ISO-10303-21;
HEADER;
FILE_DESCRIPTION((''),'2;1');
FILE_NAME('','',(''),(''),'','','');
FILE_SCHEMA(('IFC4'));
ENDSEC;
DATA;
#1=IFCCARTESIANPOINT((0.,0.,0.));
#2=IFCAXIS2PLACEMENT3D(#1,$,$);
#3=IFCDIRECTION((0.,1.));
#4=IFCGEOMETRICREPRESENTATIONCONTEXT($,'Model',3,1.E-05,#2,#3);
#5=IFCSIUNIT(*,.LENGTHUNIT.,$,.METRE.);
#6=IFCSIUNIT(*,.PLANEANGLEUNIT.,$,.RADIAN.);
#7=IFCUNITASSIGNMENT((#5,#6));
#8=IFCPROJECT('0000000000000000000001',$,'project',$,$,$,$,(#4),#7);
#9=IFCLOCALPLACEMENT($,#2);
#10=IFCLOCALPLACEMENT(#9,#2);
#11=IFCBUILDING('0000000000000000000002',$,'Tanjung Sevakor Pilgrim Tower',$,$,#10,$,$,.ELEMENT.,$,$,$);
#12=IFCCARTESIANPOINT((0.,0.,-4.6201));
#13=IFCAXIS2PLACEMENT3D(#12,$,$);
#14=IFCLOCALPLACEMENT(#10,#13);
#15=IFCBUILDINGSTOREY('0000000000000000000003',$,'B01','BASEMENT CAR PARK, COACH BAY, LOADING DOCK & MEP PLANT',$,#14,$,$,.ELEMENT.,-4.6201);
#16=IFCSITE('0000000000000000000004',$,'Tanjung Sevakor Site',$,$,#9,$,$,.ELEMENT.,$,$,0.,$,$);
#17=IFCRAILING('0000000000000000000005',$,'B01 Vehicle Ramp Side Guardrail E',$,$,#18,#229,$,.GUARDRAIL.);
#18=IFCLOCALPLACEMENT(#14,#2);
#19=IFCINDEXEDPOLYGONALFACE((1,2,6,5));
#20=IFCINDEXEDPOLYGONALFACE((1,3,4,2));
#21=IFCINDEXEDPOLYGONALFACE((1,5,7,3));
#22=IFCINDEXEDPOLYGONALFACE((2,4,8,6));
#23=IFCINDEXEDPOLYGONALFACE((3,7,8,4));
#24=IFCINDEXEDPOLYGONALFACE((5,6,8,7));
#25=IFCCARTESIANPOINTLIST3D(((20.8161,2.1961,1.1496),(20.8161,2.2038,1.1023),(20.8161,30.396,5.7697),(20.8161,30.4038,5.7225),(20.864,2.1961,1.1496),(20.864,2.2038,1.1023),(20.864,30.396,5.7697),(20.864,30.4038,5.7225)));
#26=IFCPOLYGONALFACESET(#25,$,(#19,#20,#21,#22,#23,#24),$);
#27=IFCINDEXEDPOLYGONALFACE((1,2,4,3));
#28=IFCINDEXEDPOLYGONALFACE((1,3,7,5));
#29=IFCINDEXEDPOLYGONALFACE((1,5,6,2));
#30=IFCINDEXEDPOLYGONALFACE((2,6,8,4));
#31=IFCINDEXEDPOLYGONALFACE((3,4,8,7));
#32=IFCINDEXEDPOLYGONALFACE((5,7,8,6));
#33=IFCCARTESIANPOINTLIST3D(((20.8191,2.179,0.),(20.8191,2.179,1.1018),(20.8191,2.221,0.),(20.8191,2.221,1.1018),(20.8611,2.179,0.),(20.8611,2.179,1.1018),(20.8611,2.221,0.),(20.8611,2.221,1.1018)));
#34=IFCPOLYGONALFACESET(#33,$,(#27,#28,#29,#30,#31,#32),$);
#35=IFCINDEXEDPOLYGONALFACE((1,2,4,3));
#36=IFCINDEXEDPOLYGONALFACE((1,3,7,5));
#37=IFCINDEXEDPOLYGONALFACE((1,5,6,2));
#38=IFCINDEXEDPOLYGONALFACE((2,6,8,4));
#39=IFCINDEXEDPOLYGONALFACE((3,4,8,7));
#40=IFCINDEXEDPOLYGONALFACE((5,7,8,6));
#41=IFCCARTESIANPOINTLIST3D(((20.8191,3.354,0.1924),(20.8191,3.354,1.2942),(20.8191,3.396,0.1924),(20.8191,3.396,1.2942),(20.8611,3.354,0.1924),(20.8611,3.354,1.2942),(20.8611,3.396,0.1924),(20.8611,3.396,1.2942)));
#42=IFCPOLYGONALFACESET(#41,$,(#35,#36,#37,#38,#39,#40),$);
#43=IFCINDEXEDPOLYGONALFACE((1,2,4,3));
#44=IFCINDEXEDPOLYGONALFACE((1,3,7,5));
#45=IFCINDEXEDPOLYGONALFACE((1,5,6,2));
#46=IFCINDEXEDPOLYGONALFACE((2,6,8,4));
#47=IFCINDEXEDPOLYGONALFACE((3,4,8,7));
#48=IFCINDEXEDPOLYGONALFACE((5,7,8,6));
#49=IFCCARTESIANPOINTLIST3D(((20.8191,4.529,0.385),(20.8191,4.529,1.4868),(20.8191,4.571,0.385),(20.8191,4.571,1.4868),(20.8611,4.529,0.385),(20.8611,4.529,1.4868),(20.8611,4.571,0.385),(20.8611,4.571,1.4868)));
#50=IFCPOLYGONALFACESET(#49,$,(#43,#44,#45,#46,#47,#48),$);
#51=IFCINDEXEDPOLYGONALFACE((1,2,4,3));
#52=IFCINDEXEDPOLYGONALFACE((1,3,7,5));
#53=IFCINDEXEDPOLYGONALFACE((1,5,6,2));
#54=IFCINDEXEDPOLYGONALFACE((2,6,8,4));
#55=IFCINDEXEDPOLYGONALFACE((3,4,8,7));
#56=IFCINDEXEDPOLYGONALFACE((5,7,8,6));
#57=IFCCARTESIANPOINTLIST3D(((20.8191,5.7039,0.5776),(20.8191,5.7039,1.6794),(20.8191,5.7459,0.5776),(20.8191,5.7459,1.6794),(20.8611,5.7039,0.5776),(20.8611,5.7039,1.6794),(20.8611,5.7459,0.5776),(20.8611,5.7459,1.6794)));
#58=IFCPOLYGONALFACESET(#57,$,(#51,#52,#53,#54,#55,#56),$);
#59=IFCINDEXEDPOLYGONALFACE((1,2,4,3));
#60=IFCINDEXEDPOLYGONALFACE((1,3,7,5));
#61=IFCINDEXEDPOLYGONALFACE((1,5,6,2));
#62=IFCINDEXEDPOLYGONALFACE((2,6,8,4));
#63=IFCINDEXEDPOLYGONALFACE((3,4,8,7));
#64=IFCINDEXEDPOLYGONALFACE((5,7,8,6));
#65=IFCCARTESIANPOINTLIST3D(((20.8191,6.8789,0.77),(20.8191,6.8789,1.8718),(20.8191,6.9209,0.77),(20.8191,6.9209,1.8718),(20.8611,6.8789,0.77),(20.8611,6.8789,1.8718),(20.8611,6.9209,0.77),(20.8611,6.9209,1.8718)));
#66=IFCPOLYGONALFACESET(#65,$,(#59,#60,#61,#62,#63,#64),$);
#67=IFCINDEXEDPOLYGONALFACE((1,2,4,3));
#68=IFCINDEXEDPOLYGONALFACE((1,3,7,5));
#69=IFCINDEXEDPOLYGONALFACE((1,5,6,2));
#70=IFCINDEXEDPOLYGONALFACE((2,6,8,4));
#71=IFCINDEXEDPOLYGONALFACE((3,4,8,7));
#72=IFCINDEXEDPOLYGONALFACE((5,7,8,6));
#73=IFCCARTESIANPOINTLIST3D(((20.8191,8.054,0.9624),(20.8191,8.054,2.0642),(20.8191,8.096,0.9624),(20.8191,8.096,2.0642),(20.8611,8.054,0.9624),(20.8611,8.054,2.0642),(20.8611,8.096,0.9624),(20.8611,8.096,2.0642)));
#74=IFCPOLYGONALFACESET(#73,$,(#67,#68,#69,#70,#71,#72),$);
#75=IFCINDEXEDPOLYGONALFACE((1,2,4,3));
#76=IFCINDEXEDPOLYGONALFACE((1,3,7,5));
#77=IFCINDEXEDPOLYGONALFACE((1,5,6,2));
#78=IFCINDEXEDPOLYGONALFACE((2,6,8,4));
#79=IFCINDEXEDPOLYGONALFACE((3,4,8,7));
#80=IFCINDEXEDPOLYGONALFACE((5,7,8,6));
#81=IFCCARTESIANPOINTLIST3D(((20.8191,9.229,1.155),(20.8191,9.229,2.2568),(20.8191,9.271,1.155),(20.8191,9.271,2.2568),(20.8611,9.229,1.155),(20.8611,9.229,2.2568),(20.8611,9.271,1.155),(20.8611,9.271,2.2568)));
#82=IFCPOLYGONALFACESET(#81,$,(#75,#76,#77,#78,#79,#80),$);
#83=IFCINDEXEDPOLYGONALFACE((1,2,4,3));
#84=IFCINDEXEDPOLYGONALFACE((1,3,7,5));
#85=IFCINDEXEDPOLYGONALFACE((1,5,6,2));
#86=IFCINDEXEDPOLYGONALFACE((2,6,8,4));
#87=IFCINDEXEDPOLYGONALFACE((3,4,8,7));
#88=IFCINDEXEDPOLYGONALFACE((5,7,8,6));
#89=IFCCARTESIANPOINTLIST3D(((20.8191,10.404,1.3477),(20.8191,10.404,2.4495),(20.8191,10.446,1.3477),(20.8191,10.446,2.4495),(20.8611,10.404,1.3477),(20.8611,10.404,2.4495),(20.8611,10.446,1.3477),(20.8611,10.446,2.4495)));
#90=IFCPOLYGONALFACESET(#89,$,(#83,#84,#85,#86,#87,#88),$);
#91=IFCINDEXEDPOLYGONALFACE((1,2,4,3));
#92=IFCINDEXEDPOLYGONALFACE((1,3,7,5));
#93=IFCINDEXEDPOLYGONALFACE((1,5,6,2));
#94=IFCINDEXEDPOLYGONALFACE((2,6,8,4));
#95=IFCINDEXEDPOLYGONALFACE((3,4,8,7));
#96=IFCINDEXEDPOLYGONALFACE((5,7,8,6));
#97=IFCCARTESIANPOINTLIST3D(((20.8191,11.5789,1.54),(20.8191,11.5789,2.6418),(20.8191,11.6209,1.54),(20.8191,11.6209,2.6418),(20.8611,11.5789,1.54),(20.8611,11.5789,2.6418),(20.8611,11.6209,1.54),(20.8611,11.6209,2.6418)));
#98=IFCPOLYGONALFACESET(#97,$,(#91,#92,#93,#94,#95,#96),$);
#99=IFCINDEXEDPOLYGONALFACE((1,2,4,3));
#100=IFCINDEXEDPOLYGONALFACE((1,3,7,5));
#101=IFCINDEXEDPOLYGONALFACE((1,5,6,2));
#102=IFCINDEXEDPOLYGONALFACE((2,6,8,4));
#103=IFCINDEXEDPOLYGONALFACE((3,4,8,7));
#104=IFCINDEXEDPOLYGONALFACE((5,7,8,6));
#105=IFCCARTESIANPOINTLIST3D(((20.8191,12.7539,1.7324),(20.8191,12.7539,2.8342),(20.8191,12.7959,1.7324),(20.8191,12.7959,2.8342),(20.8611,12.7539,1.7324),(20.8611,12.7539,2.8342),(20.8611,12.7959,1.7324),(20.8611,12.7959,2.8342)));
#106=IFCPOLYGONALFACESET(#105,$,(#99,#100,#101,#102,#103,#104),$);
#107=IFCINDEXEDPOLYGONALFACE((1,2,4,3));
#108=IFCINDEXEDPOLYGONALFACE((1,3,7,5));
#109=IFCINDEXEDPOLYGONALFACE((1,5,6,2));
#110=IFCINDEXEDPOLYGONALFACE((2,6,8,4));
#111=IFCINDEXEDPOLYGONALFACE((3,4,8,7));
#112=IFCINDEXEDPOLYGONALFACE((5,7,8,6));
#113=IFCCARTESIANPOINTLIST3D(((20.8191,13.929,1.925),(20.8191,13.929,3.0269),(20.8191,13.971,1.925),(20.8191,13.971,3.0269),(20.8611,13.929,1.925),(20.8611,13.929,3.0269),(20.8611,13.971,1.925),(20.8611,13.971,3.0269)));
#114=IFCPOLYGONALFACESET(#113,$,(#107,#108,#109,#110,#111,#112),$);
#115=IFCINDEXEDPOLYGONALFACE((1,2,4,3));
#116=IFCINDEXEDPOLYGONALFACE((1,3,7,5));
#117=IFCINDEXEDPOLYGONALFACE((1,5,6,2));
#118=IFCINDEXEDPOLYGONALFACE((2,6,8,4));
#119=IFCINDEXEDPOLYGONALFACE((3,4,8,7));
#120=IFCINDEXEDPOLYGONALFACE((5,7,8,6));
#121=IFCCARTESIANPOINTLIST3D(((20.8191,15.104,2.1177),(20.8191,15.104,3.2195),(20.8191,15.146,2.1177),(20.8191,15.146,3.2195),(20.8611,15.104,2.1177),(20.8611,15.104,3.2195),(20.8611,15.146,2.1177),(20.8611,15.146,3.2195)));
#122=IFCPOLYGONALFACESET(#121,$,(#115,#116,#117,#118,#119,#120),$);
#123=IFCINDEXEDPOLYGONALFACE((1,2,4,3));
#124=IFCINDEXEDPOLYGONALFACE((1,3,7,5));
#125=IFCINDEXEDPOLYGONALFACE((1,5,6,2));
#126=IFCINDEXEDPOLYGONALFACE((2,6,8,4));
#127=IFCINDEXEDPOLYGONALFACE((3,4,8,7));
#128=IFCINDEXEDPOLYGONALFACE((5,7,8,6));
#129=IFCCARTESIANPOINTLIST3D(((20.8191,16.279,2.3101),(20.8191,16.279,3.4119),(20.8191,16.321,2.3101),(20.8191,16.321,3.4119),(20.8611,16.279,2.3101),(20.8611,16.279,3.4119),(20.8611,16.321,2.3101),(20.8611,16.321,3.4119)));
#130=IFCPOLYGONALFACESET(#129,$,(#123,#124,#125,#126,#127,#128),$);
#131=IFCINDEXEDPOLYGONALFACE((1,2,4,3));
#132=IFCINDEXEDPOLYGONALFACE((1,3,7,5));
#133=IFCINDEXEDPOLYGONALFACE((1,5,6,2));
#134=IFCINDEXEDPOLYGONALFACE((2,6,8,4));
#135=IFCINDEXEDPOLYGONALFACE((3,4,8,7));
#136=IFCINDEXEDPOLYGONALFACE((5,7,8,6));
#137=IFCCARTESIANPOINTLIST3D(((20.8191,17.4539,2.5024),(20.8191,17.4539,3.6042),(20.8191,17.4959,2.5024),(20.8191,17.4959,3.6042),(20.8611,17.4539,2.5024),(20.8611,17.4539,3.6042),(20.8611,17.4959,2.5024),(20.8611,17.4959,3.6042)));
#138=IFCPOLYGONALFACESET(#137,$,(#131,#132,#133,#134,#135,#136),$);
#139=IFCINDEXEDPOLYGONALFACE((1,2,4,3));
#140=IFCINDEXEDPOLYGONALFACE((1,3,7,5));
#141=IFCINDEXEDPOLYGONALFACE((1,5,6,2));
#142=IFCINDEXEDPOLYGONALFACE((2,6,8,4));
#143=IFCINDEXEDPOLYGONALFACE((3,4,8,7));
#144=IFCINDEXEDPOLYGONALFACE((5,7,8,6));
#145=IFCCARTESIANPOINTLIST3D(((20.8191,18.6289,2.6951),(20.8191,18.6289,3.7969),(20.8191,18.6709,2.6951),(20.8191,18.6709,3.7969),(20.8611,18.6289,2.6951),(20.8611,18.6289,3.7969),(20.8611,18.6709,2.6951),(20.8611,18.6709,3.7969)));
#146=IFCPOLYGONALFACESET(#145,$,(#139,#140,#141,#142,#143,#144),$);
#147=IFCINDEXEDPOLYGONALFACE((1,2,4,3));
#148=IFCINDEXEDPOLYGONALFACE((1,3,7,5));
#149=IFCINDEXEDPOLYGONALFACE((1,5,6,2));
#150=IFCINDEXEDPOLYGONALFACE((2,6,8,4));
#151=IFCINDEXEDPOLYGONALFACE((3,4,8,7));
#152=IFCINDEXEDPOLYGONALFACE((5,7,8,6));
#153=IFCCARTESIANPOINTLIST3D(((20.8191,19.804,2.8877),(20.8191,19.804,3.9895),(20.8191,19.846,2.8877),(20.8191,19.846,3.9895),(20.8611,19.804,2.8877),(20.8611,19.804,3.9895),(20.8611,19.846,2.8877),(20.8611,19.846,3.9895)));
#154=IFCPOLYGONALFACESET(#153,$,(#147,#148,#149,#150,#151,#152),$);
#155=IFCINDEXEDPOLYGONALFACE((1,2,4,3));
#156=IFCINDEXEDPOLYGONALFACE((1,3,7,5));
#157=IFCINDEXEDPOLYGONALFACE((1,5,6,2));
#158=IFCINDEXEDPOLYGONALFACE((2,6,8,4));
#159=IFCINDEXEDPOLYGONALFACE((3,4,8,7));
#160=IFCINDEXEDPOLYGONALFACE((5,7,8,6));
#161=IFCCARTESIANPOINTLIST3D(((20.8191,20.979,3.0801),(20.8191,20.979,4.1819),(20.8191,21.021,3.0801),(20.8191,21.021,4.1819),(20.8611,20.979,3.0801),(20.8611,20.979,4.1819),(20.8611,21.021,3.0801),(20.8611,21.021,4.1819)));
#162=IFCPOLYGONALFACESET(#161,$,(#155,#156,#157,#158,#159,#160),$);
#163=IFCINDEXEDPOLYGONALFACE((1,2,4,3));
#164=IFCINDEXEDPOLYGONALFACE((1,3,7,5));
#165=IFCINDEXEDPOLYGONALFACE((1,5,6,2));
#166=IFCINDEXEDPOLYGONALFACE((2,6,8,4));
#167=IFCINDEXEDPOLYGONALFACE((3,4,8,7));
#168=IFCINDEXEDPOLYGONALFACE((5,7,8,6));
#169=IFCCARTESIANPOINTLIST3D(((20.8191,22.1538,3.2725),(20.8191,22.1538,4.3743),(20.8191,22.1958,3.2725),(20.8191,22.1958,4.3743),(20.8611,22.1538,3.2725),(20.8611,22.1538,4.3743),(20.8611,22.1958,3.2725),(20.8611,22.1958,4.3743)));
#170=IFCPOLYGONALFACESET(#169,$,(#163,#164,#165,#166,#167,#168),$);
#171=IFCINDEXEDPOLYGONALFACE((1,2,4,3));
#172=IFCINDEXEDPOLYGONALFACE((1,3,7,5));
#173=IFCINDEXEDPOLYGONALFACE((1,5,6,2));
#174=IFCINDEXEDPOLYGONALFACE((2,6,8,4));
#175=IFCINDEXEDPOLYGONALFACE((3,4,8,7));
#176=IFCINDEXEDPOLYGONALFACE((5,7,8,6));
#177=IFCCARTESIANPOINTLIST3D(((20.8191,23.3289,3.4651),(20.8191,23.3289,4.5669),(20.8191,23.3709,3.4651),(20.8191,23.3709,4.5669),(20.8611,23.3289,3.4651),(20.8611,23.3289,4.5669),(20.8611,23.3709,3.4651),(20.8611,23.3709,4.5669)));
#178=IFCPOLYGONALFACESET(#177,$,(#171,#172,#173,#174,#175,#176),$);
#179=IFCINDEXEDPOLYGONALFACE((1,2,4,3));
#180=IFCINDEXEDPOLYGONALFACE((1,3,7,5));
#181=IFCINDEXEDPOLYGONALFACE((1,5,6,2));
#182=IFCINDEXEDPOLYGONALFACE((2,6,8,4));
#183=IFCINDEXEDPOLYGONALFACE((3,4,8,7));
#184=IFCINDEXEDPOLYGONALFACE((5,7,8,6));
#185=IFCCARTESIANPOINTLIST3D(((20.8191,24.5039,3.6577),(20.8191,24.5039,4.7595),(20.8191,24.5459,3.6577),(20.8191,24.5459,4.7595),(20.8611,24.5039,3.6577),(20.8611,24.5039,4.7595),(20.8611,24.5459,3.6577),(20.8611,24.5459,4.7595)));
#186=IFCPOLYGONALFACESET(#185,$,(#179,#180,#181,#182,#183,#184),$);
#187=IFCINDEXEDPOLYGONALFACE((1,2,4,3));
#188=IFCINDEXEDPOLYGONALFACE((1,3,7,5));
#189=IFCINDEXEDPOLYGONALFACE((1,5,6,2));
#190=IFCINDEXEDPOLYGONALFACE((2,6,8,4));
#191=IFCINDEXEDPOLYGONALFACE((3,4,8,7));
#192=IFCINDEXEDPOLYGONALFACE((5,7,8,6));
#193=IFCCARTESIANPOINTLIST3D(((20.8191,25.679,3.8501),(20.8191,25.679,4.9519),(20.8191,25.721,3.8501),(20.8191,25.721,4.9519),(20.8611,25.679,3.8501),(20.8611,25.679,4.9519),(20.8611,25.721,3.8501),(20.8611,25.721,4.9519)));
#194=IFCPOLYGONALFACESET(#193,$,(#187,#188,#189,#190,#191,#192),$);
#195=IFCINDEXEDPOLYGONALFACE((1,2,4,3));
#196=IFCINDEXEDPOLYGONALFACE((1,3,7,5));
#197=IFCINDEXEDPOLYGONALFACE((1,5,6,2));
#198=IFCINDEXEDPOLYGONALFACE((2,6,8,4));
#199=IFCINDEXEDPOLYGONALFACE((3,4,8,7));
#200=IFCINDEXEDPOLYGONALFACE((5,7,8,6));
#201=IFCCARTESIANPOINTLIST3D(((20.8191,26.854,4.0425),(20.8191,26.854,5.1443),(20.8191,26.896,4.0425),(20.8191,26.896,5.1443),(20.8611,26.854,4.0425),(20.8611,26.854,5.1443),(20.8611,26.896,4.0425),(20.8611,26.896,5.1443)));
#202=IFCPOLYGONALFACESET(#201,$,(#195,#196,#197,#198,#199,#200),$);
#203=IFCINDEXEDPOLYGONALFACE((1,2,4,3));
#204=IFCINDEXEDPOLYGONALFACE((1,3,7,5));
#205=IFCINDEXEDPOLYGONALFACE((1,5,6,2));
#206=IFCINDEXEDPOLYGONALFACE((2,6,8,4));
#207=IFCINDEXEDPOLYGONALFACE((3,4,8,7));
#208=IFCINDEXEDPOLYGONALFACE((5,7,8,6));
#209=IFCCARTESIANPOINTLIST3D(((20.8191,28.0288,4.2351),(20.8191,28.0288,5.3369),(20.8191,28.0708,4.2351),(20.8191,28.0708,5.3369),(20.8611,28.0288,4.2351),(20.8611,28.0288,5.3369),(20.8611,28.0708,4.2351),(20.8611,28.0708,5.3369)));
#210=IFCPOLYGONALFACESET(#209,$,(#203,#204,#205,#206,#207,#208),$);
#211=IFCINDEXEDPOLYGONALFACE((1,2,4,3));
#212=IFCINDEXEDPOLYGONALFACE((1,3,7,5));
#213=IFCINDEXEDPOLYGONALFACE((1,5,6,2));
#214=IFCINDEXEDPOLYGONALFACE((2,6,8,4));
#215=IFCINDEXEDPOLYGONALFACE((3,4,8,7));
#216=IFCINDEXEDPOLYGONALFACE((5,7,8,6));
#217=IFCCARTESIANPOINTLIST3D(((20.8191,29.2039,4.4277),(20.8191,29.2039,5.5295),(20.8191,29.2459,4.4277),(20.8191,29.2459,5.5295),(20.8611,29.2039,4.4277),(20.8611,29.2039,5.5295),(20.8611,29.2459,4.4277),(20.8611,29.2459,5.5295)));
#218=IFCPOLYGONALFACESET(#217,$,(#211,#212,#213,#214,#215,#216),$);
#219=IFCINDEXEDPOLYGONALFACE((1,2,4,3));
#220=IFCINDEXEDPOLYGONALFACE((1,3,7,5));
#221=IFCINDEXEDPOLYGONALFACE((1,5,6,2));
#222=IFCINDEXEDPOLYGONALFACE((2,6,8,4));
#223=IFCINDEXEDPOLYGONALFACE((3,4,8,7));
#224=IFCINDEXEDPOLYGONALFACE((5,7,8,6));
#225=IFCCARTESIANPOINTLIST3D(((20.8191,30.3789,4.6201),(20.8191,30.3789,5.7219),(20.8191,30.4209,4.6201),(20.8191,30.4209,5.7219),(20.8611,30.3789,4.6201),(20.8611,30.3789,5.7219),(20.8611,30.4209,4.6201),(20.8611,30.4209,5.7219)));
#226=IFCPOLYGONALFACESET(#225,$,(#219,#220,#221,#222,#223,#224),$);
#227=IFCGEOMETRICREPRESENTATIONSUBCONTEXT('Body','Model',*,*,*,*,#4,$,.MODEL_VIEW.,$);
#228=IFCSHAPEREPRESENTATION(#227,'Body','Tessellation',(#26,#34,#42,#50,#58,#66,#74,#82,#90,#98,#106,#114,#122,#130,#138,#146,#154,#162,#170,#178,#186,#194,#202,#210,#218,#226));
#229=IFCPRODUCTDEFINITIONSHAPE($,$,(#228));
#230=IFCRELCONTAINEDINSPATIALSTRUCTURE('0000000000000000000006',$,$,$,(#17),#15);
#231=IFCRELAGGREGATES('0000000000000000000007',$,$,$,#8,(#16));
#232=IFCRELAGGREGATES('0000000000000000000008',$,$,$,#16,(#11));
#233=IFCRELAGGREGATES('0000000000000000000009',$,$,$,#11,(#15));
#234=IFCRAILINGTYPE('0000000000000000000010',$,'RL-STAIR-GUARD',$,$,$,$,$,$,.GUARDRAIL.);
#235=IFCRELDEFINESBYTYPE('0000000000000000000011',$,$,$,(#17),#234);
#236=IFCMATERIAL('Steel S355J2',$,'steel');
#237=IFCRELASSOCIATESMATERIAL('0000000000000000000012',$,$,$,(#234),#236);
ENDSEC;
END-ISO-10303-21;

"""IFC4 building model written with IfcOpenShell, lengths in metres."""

from ifc_helpers import new_model, si_unit, direction, frame, origin, place, context, subcontext, project, spatial, rectangle, extrude, material, type_object, element, save


model = new_model("IFC4")

# Units and contexts
model_context = context("Model", 3, precision=1e-05, world=origin(), true_north=direction((0.0, 1.0)))
body_context = subcontext(model_context, "Body", "Model", "MODEL_VIEW")
ifc_project = project(units=[si_unit("LENGTHUNIT", "METRE"), si_unit("PLANEANGLEUNIT", "RADIAN")], contexts=[model_context])

# Site, building, storey
site_placement = place(None, origin())
site = spatial("IfcSite", under=ifc_project, at=site_placement, Name="Tanjung Sevakor Site", CompositionType="ELEMENT", RefElevation=0.0)
building_placement = place(site_placement, origin())
building = spatial("IfcBuilding", under=site, at=building_placement, Name="Tanjung Sevakor Pilgrim Tower", CompositionType="ELEMENT")
storey_placement = place(building_placement, frame((0.0, 0.0, -4.6201)))
storey = spatial("IfcBuildingStorey", under=building, at=storey_placement, Name="B01", Description="BASEMENT CAR PARK, COACH BAY, LOADING DOCK & MEP PLANT", CompositionType="ELEMENT", Elevation=-4.6201)

# Railing
ifc_material_1 = material(Name="Steel S355J2", Category="steel")
railing_type = type_object("IfcRailingType", Name="RL-STAIR-GUARD", PredefinedType="GUARDRAIL", material=ifc_material_1)
railing_1_placement = place(storey_placement, frame((20.8401, 2.2, 0.0)))
element("IfcRailing", 1, at=railing_1_placement, inside=storey, type_object=railing_type, Name="B01 Vehicle Ramp Side Guardrail E", PredefinedType="GUARDRAIL", context=body_context, shape_type="SweptSolid", body=[
    extrude(rectangle(XDim=0.0479, YDim=0.0479), frame((0.0, 0.0, 1.126), z_axis=(0.0, 0.986843, 0.161679), x_axis=(-1.0, 0.0, 0.0)), (0.0, 0.0, 1.0), 28.5759),
    extrude(rectangle(XDim=0.042, YDim=0.042), origin(), (0.0, 0.0, 1.0), 1.1018),
    extrude(rectangle(XDim=0.042, YDim=0.042), frame((0.0, 1.175, 0.1924)), (0.0, 0.0, 1.0), 1.1018),
    extrude(rectangle(XDim=0.042, YDim=0.042), frame((0.0, 2.3501, 0.385)), (0.0, 0.0, 1.0), 1.1018),
    extrude(rectangle(XDim=0.042, YDim=0.042), frame((0.0, 3.5249, 0.5776)), (0.0, 0.0, 1.0), 1.1018),
    extrude(rectangle(XDim=0.042, YDim=0.042), frame((0.0, 4.7, 0.77)), (0.0, 0.0, 1.0), 1.1018),
    extrude(rectangle(XDim=0.042, YDim=0.042), frame((0.0, 5.875, 0.9624)), (0.0, 0.0, 1.0), 1.1018),
    extrude(rectangle(XDim=0.042, YDim=0.042), frame((0.0, 7.05, 1.155)), (0.0, 0.0, 1.0), 1.1018),
    extrude(rectangle(XDim=0.042, YDim=0.042), frame((0.0, 8.2251, 1.3477)), (0.0, 0.0, 1.0), 1.1018),
    extrude(rectangle(XDim=0.042, YDim=0.042), frame((0.0, 9.3999, 1.54)), (0.0, 0.0, 1.0), 1.1018),
    extrude(rectangle(XDim=0.042, YDim=0.042), frame((0.0, 10.575, 1.7324)), (0.0, 0.0, 1.0), 1.1018),
    extrude(rectangle(XDim=0.042, YDim=0.042), frame((0.0, 11.75, 1.925)), (0.0, 0.0, 1.0), 1.1018),
    extrude(rectangle(XDim=0.042, YDim=0.042), frame((0.0, 12.925, 2.1177)), (0.0, 0.0, 1.0), 1.1018),
    extrude(rectangle(XDim=0.042, YDim=0.042), frame((0.0, 14.1001, 2.3101)), (0.0, 0.0, 1.0), 1.1018),
    extrude(rectangle(XDim=0.042, YDim=0.042), frame((0.0, 15.2749, 2.5024)), (0.0, 0.0, 1.0), 1.1018),
    extrude(rectangle(XDim=0.042, YDim=0.042), frame((0.0, 16.45, 2.6951)), (0.0, 0.0, 1.0), 1.1018),
    extrude(rectangle(XDim=0.042, YDim=0.042), frame((0.0, 17.625, 2.8877)), (0.0, 0.0, 1.0), 1.1018),
    extrude(rectangle(XDim=0.042, YDim=0.042), frame((0.0, 18.8, 3.0801)), (0.0, 0.0, 1.0), 1.1018),
    extrude(rectangle(XDim=0.042, YDim=0.042), frame((0.0, 19.9749, 3.2725)), (0.0, 0.0, 1.0), 1.1018),
    extrude(rectangle(XDim=0.042, YDim=0.042), frame((0.0, 21.1499, 3.4651)), (0.0, 0.0, 1.0), 1.1018),
    extrude(rectangle(XDim=0.042, YDim=0.042), frame((0.0, 22.325, 3.6577)), (0.0, 0.0, 1.0), 1.1018),
    extrude(rectangle(XDim=0.042, YDim=0.042), frame((0.0, 23.5, 3.8501)), (0.0, 0.0, 1.0), 1.1018),
    extrude(rectangle(XDim=0.042, YDim=0.042), frame((0.0, 24.675, 4.0425)), (0.0, 0.0, 1.0), 1.1018),
    extrude(rectangle(XDim=0.042, YDim=0.042), frame((0.0, 25.8499, 4.2351)), (0.0, 0.0, 1.0), 1.1018),
    extrude(rectangle(XDim=0.042, YDim=0.042), frame((0.0, 27.0249, 4.4277)), (0.0, 0.0, 1.0), 1.1018),
    extrude(rectangle(XDim=0.042, YDim=0.042), frame((0.0, 28.2, 4.6201)), (0.0, 0.0, 1.0), 1.1018),
])

save(model, "model.ifc")
